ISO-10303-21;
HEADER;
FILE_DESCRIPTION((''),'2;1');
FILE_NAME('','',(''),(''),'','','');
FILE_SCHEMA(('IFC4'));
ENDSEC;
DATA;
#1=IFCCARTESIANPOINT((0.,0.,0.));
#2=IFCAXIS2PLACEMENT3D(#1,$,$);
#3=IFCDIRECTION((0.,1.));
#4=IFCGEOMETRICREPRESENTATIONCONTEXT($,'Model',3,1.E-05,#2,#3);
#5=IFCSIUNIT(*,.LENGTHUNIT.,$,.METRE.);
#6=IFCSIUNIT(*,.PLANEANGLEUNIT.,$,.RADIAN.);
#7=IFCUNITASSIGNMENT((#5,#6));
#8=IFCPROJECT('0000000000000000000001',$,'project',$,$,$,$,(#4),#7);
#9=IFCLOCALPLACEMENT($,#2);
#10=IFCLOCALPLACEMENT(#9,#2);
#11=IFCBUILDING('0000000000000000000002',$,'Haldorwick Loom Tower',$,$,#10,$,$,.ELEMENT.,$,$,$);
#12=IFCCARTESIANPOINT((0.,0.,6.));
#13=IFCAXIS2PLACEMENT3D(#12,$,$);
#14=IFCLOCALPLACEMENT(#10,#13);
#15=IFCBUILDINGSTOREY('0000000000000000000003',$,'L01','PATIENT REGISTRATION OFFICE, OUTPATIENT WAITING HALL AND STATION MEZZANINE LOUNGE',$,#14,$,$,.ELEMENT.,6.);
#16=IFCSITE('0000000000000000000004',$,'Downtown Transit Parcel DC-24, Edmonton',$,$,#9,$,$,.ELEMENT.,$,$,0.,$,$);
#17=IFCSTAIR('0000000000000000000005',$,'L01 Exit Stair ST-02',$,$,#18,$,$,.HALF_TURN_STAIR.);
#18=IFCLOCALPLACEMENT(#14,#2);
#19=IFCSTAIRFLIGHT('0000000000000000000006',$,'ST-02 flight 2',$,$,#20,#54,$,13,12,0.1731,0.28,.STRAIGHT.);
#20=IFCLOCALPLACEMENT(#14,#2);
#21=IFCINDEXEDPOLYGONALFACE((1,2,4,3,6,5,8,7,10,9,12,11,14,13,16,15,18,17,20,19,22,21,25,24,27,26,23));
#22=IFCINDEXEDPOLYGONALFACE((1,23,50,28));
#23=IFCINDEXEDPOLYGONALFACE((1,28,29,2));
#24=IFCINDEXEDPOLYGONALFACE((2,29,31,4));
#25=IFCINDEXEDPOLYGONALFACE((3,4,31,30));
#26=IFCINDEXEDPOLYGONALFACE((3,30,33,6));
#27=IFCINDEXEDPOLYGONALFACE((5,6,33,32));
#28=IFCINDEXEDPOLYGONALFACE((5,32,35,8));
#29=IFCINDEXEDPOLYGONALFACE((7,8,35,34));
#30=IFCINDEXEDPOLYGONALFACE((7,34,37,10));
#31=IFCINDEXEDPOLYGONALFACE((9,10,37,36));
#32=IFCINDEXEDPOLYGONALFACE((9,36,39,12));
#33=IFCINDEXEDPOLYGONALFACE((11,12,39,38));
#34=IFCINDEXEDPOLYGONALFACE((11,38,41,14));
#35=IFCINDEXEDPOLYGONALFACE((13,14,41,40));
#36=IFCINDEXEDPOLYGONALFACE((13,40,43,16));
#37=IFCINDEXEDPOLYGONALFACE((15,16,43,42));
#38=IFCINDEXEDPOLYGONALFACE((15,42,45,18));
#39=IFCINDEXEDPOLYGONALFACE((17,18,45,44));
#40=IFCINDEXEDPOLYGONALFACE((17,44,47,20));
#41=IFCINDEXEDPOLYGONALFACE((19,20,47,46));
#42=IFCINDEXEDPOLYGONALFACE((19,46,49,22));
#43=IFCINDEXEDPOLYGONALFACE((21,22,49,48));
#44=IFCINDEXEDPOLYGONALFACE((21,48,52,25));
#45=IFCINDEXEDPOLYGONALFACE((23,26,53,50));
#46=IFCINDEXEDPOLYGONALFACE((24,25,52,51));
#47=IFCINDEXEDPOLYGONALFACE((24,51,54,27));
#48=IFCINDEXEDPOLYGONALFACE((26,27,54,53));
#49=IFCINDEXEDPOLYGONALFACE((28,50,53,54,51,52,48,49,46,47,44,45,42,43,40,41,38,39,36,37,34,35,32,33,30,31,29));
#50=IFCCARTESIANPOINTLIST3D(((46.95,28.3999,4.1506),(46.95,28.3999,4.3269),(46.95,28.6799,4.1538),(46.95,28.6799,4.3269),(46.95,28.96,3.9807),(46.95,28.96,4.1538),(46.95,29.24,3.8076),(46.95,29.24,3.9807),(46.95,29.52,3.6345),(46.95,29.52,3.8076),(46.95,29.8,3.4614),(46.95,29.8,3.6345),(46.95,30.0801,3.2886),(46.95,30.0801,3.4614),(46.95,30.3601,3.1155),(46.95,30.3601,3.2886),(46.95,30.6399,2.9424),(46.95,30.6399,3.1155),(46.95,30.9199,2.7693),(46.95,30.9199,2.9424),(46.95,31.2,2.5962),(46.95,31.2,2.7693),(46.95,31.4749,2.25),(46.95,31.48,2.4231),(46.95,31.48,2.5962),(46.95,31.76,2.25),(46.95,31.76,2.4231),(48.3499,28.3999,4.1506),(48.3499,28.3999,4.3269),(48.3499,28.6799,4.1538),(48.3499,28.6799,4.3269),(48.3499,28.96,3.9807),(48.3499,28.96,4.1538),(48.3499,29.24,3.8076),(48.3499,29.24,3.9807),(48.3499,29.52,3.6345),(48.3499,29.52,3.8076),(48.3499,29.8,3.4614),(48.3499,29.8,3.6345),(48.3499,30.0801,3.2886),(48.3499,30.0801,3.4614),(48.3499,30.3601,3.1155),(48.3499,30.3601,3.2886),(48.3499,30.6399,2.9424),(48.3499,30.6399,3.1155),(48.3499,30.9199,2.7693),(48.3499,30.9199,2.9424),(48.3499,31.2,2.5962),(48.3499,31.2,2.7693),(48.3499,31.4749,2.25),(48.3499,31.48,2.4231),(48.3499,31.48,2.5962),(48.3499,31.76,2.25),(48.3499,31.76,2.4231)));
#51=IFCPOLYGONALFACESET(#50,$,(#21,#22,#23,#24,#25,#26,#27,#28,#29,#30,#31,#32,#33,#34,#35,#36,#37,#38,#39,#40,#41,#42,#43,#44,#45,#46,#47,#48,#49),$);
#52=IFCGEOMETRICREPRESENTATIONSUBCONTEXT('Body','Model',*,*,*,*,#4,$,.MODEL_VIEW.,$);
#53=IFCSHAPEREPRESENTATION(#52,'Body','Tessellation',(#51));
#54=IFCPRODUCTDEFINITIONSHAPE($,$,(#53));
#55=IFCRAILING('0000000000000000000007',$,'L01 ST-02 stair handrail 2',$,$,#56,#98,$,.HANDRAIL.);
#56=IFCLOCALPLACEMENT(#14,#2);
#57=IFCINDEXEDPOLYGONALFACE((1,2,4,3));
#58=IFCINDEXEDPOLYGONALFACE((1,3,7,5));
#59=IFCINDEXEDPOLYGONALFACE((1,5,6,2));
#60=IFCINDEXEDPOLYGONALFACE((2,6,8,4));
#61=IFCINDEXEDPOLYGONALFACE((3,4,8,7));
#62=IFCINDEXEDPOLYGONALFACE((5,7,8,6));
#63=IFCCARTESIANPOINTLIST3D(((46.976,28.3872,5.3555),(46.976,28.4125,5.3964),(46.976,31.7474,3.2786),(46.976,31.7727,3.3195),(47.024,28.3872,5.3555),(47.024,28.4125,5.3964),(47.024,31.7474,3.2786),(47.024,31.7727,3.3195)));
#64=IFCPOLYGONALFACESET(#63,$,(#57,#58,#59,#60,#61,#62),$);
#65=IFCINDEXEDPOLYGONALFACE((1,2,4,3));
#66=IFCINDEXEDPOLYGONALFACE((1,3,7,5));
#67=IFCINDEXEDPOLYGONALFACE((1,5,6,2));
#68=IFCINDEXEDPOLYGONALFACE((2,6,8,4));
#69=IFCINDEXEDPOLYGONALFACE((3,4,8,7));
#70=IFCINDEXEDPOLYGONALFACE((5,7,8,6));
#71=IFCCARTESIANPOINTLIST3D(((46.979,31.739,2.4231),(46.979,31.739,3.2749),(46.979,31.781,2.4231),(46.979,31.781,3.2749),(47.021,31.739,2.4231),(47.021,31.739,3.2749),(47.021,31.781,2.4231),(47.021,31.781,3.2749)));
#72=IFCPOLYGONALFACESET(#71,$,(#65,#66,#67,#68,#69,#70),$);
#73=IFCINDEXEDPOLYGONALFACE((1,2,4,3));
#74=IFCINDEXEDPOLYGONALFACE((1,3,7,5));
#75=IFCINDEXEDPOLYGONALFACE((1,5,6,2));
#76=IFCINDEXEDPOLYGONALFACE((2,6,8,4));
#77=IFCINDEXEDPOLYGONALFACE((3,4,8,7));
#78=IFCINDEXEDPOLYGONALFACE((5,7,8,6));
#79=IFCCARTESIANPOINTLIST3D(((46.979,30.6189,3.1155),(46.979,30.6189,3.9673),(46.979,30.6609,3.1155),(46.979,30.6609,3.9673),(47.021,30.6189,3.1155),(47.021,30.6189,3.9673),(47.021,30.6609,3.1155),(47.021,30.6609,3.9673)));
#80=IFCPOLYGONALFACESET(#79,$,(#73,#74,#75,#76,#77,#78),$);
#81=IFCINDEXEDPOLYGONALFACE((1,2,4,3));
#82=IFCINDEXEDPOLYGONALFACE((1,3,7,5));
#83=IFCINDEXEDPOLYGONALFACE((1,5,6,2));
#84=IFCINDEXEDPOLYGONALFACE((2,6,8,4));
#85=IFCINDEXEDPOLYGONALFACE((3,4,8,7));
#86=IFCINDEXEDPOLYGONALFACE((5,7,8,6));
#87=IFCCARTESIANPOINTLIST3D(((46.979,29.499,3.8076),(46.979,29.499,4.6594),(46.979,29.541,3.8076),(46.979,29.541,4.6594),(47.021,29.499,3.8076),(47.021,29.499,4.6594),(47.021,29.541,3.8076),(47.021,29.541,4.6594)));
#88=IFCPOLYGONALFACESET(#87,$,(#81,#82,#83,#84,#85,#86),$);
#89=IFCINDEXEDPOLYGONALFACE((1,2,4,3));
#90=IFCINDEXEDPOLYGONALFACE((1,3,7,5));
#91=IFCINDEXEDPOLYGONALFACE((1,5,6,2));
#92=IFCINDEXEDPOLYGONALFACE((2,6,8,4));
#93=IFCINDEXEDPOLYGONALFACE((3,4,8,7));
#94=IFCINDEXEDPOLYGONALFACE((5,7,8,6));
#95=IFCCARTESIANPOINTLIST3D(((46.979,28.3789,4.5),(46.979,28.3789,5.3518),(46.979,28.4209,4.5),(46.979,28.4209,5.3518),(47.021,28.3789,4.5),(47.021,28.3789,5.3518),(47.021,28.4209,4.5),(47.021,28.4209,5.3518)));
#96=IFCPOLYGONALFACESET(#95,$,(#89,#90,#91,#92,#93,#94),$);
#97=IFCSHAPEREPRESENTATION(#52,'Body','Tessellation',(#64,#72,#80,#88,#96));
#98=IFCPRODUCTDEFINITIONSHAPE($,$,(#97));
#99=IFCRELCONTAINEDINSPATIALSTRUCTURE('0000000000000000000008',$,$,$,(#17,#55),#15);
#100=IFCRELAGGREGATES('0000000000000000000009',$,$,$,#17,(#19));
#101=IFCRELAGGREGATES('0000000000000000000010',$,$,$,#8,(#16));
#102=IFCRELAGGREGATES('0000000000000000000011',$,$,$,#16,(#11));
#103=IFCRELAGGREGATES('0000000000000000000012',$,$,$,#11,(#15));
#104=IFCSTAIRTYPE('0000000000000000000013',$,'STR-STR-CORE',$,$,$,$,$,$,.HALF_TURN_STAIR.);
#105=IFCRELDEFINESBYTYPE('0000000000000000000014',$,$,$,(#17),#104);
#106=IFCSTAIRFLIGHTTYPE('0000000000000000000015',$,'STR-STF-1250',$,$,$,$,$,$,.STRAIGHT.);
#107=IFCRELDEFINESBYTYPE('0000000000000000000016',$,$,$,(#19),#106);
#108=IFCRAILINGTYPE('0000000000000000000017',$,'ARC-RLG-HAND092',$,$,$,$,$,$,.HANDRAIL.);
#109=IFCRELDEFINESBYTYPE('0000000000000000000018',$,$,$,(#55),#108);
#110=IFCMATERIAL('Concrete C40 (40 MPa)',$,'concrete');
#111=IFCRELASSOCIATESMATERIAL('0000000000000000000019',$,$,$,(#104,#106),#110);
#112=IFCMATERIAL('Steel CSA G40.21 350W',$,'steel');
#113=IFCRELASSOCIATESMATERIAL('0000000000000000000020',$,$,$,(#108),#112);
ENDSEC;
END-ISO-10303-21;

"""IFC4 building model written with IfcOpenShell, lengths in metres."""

from ifc_helpers import new_model, si_unit, direction, frame, origin, origin_2d, place, context, subcontext, project, spatial, polyline, rectangle, outline, extrude, material, type_object, element, aggregate, save


model = new_model("IFC4")

# Units and contexts
model_context = context("Model", 3, precision=1e-05, world=origin(), true_north=direction((0.0, 1.0)))
body_context = subcontext(model_context, "Body", "Model", "MODEL_VIEW")
ifc_project = project(units=[si_unit("LENGTHUNIT", "METRE"), si_unit("PLANEANGLEUNIT", "RADIAN")], contexts=[model_context])

# Site, building, storey
site_placement = place(None, origin())
site = spatial("IfcSite", under=ifc_project, at=site_placement, Name="Downtown Transit Parcel DC-24, Edmonton", CompositionType="ELEMENT", RefElevation=0.0)
building_placement = place(site_placement, origin())
building = spatial("IfcBuilding", under=site, at=building_placement, Name="Haldorwick Loom Tower", CompositionType="ELEMENT")
storey_placement = place(building_placement, frame((0.0, 0.0, 6.0)))
storey = spatial("IfcBuildingStorey", under=building, at=storey_placement, Name="L01", Description="PATIENT REGISTRATION OFFICE, OUTPATIENT WAITING HALL AND STATION MEZZANINE LOUNGE", CompositionType="ELEMENT", Elevation=6.0)

# Shared definitions
ifc_material_1 = material(Name="Steel CSA G40.21 350W", Category="steel")

# Stair, stair flight
ifc_material_2 = material(Name="Concrete C40 (40 MPa)", Category="concrete")
stair_type = type_object("IfcStairType", Name="STR-STR-CORE", PredefinedType="HALF_TURN_STAIR", material=ifc_material_2)
stair_placement = place(storey_placement, origin())
stair = element("IfcStair", 1, at=stair_placement, inside=storey, type_object=stair_type, Name="L01 Exit Stair ST-02", PredefinedType="HALF_TURN_STAIR")
stair_flight_type = type_object("IfcStairFlightType", Name="STR-STF-1250", PredefinedType="STRAIGHT", material=ifc_material_2)
stair_flight_placement = place(storey_placement, frame((47.6499, 31.76, 2.25), z_axis=(0.0, 0.0, 1.0), x_axis=(0.0, -1.0, 0.0)))
stair_flight = element("IfcStairFlight", 2, at=stair_flight_placement, type_object=stair_flight_type, Name="ST-02 flight 2", NumberOfRisers=13, NumberOfTreads=12, PredefinedType="STRAIGHT", RiserHeight=0.1731, TreadLength=0.28, context=body_context, shape_type="SweptSolid", body=[
    extrude(outline(polyline([(0.0, 0.0), (0.0, 0.1731), (0.28, 0.1731), (0.28, 0.3462), (0.5601, 0.3462), (0.5601, 0.5193), (0.8401, 0.5193), (0.8401, 0.6924), (1.1201, 0.6924), (1.1201, 0.8655), (1.3999, 0.8655), (1.3999, 1.0386), (1.6799, 1.0386), (1.6799, 1.2114), (1.96, 1.2114), (1.96, 1.3845), (2.24, 1.3845), (2.24, 1.5576), (2.52, 1.5576), (2.52, 1.7307), (2.8, 1.7307), (2.8, 1.9038), (3.0801, 1.9038), (3.0801, 2.0769), (3.3601, 2.0769), (3.3601, 2.25), (3.3601, 1.9006), (0.2852, 0.0), (0.0, 0.0)])), frame((0.0, 0.7, 0.0), z_axis=(0.0, -1.0, 0.0), x_axis=(1.0, 0.0, 0.0)), (0.0, 0.0, 1.0), 1.3999),
])
aggregate(stair, [stair_flight])

# Railing
railing_type = type_object("IfcRailingType", Name="ARC-RLG-HAND092", PredefinedType="HANDRAIL", material=ifc_material_1)
railing_placement = place(storey_placement, frame((47.0, 31.76, 2.4231)))
element("IfcRailing", 3, at=railing_placement, inside=storey, type_object=railing_type, Name="L01 ST-02 stair handrail 2", PredefinedType="HANDRAIL", context=body_context, shape_type="SweptSolid", body=[
    extrude(rectangle(XDim=0.0481, YDim=0.0481, at=origin_2d()), frame((0.0, 0.0, 0.876), z_axis=(0.0, -0.850623, 0.525776), x_axis=(1.0, 0.0, 0.0)), (0.0, 0.0, 1.0), 3.9502),
    extrude(rectangle(XDim=0.042, YDim=0.042, at=origin_2d()), origin(), (0.0, 0.0, 1.0), 0.8518),
    extrude(rectangle(XDim=0.042, YDim=0.042, at=origin_2d()), frame((0.0, -1.1201, 0.6924)), (0.0, 0.0, 1.0), 0.8518),
    extrude(rectangle(XDim=0.042, YDim=0.042, at=origin_2d()), frame((0.0, -2.24, 1.3845)), (0.0, 0.0, 1.0), 0.8518),
    extrude(rectangle(XDim=0.042, YDim=0.042, at=origin_2d()), frame((0.0, -3.3601, 2.0769)), (0.0, 0.0, 1.0), 0.8518),
])

save(model, "model.ifc")
